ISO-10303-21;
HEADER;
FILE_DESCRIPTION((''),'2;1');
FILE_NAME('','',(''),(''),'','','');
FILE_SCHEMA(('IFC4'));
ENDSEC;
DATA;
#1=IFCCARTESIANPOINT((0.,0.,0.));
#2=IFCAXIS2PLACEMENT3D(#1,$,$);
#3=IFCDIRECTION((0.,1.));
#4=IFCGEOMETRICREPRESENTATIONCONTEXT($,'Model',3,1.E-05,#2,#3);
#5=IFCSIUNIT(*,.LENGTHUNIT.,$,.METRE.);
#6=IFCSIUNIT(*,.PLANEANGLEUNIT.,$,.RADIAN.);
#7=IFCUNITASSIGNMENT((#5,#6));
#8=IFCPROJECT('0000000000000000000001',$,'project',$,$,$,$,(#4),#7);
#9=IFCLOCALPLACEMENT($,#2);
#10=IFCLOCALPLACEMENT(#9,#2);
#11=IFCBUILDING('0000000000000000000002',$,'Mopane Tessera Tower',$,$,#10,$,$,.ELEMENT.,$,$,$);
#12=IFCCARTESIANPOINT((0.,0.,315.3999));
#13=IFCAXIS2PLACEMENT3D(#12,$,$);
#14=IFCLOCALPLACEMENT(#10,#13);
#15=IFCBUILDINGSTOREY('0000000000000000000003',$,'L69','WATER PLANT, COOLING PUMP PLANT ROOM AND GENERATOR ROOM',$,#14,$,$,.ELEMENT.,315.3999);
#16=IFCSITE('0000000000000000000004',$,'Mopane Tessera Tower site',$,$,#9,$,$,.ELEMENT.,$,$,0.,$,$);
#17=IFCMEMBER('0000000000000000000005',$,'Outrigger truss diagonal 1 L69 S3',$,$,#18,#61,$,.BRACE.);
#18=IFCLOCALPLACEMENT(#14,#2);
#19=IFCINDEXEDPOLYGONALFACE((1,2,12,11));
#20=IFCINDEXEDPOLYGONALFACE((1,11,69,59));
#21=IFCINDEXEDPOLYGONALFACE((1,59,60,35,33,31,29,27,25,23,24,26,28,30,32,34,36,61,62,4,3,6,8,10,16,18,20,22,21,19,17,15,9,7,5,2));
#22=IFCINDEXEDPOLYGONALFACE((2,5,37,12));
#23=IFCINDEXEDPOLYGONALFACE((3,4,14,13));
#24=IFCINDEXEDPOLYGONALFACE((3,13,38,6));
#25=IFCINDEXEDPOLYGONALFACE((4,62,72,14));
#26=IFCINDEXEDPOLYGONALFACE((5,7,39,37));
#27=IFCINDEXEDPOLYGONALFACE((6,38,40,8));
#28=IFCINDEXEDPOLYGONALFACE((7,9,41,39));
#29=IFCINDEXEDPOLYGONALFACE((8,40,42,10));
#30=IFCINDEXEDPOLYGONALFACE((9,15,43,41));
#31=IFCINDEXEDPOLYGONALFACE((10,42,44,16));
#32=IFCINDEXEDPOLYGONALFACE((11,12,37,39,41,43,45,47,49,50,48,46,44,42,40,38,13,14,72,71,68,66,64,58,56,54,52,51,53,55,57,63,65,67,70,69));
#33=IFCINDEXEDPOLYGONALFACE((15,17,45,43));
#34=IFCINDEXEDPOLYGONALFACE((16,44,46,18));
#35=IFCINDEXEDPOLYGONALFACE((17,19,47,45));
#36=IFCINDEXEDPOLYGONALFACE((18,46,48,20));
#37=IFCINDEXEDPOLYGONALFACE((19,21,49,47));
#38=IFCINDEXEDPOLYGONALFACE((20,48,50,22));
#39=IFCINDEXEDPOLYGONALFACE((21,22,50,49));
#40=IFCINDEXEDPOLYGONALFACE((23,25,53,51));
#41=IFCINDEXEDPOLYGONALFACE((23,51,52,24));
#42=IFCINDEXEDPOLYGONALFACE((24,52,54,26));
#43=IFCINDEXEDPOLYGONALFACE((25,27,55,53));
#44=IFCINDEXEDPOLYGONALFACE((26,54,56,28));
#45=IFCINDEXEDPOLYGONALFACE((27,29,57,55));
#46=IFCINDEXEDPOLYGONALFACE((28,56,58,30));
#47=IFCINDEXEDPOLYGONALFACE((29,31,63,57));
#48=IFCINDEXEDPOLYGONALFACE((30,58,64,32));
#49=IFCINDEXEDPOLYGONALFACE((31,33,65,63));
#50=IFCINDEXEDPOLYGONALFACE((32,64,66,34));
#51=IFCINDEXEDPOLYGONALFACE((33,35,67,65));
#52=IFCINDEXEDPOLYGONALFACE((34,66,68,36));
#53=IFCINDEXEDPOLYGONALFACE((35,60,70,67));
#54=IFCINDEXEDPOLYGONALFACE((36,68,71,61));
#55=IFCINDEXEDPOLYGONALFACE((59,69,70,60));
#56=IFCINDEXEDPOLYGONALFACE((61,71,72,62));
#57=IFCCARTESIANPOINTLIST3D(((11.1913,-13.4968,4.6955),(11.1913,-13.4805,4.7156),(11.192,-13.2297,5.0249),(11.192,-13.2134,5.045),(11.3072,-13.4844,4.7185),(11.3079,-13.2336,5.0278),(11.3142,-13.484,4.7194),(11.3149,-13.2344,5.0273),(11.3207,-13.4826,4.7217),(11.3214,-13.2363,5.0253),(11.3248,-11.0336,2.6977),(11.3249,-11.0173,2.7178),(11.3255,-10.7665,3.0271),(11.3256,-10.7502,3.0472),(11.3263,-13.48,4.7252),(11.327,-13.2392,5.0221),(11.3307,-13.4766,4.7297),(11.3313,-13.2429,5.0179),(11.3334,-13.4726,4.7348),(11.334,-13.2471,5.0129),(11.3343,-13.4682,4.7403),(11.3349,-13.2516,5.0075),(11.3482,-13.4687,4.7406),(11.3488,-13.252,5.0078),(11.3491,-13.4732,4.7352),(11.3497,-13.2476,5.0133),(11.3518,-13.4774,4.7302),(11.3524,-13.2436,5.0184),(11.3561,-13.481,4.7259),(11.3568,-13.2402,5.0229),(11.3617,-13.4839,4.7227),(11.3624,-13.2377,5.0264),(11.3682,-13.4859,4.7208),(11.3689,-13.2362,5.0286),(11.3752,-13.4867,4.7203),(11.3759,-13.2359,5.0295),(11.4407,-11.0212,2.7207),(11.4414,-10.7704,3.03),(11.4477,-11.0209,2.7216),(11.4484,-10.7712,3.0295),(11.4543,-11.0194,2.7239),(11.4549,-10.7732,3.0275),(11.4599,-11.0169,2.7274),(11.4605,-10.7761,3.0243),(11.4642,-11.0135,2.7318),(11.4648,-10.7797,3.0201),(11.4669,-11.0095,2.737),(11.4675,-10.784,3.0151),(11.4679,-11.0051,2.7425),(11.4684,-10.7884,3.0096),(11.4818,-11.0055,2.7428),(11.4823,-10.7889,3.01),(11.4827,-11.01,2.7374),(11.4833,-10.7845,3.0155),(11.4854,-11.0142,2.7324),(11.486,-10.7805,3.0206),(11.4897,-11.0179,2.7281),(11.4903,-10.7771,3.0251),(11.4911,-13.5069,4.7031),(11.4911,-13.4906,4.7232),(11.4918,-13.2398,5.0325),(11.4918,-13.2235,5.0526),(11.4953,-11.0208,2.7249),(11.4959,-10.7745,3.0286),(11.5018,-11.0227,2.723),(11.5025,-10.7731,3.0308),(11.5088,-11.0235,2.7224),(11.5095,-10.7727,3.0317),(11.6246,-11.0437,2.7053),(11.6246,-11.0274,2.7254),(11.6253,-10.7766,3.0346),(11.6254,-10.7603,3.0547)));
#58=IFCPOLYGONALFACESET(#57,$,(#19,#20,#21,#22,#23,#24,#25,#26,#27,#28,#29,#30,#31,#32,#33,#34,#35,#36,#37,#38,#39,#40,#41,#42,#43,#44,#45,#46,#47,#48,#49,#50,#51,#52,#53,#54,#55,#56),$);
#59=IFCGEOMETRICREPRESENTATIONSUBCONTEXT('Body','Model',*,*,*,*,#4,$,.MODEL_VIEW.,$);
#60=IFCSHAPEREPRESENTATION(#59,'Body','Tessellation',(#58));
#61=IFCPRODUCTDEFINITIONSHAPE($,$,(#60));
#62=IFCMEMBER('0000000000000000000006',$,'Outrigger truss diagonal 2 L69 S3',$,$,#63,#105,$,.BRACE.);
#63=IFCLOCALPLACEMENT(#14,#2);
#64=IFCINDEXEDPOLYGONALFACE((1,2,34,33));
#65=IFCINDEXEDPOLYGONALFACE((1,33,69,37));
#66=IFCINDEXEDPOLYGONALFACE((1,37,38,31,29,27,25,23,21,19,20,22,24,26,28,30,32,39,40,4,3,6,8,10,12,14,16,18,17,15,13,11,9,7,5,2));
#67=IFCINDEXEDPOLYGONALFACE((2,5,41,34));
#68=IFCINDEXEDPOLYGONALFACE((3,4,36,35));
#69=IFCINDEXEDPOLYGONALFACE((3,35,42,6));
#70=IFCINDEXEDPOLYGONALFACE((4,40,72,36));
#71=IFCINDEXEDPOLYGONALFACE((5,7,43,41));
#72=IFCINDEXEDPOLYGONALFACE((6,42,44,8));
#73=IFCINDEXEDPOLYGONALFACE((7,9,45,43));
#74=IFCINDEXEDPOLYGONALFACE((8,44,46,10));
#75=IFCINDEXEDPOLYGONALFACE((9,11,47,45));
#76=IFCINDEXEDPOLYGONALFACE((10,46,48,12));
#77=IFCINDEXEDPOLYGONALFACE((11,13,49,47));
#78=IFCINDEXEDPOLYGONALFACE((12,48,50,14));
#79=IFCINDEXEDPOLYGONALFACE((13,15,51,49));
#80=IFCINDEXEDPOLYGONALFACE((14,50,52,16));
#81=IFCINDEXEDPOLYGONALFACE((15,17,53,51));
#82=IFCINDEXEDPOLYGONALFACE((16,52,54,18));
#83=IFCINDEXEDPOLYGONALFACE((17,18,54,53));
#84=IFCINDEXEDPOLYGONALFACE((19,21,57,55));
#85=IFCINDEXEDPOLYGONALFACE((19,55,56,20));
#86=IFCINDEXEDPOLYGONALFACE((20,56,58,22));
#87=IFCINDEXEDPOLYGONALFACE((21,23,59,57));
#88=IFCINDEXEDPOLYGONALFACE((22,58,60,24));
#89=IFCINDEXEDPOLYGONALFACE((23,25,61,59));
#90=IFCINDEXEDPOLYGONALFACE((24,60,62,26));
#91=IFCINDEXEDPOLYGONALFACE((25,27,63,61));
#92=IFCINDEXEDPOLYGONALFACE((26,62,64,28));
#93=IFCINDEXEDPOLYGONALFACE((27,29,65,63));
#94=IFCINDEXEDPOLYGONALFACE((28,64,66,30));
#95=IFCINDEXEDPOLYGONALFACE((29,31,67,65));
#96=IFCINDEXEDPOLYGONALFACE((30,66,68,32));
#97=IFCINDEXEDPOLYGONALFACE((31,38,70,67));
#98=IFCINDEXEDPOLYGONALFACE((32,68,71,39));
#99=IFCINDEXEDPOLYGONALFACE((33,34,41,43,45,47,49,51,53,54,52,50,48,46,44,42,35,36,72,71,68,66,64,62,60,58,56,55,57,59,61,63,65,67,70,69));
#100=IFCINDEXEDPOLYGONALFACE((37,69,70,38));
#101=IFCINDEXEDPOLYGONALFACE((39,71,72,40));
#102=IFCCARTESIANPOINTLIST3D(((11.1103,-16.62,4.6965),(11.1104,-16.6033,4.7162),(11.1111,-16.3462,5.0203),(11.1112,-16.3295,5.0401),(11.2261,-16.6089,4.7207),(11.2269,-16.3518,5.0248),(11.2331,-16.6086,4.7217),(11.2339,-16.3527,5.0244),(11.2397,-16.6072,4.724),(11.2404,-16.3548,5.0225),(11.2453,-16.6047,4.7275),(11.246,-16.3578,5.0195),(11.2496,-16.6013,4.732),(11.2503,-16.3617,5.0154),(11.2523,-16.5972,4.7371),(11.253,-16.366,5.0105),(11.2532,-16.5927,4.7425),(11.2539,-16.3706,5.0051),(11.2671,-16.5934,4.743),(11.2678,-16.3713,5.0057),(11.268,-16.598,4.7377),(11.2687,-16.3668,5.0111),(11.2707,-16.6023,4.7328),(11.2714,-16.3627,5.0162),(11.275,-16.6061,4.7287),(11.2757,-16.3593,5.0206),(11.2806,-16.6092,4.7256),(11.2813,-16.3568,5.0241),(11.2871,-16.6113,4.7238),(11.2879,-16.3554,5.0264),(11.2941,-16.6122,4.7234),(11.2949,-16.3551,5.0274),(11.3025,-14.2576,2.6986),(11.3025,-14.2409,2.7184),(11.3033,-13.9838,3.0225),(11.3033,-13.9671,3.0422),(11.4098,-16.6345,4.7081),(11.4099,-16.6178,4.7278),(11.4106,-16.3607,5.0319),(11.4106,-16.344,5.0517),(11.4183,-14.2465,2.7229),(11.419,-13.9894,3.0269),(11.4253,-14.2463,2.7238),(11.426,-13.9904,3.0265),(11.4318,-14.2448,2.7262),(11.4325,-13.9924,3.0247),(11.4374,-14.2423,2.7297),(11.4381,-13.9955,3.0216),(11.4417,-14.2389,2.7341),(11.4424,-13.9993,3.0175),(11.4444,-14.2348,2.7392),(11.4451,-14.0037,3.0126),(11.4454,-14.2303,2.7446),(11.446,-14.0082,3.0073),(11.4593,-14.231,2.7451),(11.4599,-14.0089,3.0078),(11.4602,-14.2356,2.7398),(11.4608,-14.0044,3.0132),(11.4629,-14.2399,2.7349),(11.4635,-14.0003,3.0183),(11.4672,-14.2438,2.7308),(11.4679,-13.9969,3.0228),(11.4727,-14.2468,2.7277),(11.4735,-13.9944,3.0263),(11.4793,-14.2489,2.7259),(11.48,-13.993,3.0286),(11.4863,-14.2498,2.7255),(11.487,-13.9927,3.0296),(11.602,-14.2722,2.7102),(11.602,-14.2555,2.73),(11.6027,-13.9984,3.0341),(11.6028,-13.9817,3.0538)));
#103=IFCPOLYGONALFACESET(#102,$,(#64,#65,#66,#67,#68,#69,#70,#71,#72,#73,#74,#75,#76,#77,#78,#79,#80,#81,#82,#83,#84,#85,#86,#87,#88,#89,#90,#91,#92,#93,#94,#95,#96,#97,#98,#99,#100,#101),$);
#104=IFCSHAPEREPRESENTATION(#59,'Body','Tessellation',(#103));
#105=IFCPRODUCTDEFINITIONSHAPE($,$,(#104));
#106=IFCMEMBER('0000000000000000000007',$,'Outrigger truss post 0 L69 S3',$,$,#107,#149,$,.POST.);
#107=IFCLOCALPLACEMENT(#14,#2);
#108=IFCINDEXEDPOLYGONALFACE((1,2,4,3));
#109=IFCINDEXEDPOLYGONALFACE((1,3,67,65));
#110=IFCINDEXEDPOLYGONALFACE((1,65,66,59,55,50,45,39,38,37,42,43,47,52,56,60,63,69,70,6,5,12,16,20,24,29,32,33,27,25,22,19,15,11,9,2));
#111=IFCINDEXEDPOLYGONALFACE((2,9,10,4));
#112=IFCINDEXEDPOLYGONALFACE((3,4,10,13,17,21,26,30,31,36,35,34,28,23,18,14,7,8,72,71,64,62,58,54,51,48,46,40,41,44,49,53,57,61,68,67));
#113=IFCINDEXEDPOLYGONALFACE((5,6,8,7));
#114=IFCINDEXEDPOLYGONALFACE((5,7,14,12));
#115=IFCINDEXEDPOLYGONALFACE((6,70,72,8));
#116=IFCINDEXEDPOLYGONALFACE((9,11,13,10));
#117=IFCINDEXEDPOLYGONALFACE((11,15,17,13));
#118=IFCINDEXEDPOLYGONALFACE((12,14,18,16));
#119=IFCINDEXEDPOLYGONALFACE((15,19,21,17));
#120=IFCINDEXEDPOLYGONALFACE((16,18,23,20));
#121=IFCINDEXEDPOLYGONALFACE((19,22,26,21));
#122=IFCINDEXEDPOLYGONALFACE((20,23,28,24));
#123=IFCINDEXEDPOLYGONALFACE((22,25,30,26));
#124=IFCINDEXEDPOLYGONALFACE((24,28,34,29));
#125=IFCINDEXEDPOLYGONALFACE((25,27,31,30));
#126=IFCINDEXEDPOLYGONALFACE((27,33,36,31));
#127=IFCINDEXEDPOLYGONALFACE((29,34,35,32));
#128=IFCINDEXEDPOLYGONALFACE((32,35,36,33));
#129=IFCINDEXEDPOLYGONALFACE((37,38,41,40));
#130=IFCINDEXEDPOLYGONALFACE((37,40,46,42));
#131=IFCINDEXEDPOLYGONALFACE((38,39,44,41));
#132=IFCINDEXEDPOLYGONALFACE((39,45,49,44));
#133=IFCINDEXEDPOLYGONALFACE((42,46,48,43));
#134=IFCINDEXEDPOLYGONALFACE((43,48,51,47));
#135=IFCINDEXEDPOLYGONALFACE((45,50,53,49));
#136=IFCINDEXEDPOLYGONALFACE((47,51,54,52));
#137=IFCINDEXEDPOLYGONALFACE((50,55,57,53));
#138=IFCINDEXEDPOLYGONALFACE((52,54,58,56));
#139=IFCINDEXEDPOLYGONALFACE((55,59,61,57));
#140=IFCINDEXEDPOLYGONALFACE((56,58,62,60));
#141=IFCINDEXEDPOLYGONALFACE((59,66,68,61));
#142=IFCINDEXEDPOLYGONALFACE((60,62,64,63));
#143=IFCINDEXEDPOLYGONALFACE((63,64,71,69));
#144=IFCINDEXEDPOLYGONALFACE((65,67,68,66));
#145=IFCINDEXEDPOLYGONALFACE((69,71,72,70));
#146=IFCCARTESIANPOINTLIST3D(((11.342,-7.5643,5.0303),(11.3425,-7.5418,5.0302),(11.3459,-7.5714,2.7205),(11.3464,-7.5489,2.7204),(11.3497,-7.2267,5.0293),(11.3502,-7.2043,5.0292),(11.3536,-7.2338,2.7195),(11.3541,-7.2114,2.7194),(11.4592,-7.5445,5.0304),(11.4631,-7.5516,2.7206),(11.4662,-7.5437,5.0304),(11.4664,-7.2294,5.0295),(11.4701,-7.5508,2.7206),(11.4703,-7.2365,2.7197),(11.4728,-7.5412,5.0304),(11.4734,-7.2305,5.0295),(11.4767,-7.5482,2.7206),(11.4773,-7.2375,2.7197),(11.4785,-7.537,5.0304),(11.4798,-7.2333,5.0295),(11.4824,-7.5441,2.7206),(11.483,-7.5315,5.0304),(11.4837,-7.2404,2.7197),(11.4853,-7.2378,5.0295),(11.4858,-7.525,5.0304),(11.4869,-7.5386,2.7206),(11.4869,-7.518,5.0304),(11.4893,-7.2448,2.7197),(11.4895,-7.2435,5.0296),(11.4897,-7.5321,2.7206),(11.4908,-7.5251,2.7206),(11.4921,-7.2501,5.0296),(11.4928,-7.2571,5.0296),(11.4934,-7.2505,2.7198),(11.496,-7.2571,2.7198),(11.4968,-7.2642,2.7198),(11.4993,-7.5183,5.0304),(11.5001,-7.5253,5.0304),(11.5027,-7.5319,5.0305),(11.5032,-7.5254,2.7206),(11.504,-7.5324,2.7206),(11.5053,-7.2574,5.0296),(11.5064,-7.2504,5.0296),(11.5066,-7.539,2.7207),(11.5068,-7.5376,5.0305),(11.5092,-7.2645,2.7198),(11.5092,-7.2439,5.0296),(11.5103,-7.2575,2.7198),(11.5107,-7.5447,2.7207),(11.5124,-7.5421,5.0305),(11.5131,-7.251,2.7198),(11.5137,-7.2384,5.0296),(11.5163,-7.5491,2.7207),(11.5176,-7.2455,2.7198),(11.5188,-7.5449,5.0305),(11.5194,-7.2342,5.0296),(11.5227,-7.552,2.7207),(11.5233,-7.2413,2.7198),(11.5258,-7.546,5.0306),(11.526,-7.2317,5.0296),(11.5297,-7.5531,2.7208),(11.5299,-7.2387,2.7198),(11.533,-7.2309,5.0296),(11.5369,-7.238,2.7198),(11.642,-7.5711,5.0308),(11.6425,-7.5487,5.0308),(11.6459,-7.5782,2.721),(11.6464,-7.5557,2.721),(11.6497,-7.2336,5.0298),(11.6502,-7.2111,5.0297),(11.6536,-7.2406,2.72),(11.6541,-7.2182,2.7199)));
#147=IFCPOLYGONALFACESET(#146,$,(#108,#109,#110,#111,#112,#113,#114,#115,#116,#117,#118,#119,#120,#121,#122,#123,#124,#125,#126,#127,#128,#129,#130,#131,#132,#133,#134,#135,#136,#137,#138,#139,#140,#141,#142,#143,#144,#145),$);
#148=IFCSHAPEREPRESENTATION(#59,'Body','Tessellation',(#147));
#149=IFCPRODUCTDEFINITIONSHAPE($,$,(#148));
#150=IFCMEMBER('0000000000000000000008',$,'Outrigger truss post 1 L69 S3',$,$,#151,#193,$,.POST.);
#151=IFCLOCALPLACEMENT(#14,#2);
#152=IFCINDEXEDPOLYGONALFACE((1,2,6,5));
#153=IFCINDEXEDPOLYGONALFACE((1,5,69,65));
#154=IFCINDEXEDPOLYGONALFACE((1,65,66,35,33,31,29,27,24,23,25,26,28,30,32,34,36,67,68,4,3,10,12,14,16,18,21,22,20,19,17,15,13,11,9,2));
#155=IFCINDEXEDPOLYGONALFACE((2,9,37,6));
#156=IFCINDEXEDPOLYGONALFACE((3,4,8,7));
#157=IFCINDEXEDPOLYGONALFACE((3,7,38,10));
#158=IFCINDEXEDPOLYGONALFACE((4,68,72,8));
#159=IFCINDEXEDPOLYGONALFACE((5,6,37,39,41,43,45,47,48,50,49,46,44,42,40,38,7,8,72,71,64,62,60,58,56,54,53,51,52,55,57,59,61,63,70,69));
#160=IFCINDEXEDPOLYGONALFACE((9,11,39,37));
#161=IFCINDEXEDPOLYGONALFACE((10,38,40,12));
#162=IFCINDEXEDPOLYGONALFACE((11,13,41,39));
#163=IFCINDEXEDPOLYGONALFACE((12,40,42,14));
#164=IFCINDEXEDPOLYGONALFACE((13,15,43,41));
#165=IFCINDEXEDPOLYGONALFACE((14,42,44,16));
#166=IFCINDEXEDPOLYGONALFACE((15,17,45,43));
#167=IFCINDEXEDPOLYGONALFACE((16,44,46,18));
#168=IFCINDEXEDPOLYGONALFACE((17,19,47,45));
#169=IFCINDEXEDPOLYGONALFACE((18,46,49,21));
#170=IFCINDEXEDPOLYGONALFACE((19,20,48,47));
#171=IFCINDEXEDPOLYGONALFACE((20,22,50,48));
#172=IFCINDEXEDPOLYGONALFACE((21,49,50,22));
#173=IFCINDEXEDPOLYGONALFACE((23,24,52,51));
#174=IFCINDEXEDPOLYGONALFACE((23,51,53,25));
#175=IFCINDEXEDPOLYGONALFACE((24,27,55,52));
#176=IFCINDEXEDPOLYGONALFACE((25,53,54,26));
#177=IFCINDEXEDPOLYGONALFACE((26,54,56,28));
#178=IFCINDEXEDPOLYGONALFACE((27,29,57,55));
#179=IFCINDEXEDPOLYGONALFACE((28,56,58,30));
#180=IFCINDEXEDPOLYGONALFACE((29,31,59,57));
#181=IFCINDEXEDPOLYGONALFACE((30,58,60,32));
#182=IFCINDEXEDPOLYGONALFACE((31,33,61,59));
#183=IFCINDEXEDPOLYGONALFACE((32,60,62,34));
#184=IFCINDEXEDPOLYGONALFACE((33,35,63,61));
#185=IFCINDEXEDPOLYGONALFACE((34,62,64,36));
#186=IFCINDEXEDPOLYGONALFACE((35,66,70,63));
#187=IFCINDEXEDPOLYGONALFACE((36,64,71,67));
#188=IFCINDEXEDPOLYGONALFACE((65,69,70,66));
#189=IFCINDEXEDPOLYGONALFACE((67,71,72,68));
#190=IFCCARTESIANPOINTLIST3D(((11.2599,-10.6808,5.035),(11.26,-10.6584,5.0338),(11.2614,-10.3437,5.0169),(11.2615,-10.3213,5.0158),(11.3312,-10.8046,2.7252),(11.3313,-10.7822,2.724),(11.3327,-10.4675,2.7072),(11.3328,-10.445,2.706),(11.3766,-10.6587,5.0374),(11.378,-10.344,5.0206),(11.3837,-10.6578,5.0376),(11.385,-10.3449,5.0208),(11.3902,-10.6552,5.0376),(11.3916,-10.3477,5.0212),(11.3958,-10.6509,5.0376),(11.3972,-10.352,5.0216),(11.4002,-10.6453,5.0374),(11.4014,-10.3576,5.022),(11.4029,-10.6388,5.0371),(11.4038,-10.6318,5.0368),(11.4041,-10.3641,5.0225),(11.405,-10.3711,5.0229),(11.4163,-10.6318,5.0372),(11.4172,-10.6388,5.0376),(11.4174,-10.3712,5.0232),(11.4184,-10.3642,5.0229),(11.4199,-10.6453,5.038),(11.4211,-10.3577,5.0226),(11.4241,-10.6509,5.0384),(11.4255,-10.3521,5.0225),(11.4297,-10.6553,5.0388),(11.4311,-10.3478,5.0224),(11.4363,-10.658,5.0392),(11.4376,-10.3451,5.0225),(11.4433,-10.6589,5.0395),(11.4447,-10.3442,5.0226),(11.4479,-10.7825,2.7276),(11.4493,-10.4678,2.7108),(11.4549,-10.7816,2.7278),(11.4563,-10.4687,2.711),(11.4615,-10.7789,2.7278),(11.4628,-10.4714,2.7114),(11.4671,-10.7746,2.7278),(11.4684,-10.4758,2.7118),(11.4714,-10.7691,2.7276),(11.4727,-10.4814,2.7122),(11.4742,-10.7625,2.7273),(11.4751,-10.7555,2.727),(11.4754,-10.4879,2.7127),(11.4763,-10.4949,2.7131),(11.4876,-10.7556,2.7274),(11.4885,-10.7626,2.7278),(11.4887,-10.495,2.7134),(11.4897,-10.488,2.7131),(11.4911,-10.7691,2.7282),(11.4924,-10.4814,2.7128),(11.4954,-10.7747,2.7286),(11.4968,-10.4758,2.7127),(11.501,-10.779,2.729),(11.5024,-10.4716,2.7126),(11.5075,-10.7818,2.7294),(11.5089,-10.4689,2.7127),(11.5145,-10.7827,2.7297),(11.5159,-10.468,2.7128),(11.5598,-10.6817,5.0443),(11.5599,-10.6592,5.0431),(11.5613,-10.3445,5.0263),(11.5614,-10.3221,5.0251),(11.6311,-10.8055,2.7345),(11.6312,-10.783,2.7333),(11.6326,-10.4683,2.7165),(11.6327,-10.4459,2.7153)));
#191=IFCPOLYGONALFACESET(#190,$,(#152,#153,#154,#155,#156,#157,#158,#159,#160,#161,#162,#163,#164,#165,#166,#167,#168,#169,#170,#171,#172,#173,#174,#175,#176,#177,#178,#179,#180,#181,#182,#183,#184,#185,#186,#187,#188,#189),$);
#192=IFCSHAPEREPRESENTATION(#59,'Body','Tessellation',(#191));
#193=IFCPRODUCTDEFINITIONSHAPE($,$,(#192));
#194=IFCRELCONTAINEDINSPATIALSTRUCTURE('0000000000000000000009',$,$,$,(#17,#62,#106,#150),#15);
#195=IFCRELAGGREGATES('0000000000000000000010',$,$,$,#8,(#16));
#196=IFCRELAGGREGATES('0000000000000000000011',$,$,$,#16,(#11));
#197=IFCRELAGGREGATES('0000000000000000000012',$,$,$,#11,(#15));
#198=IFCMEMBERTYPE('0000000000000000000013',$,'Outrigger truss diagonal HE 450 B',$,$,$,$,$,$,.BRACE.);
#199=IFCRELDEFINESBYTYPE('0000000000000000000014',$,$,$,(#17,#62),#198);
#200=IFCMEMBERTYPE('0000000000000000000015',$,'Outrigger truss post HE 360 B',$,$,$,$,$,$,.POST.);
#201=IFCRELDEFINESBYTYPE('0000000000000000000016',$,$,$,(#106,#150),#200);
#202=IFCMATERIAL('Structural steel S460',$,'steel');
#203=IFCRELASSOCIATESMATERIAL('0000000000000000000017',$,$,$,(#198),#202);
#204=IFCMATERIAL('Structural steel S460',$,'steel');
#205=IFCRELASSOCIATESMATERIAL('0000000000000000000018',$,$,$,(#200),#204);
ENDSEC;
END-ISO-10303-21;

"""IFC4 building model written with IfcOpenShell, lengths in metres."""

from ifc_helpers import new_model, si_unit, direction, frame, origin, origin_2d, place, context, subcontext, project, spatial, i_section, extrude, material, material_profile, profile_set, type_object, element, save


model = new_model("IFC4")

# Units and contexts
model_context = context("Model", 3, precision=1e-05, world=origin(), true_north=direction((0.0, 1.0)))
body_context = subcontext(model_context, "Body", "Model", "MODEL_VIEW")
ifc_project = project(units=[si_unit("LENGTHUNIT", "METRE"), si_unit("PLANEANGLEUNIT", "RADIAN")], contexts=[model_context])

# Site, building, storey
site_placement = place(None, origin())
site = spatial("IfcSite", under=ifc_project, at=site_placement, Name="Mopane Tessera Tower site", CompositionType="ELEMENT", RefElevation=0.0)
building_placement = place(site_placement, origin())
building = spatial("IfcBuilding", under=site, at=building_placement, Name="Mopane Tessera Tower", CompositionType="ELEMENT")
storey_placement = place(building_placement, frame((0.0, 0.0, 315.3999)))
storey = spatial("IfcBuildingStorey", under=building, at=storey_placement, Name="L69", Description="WATER PLANT, COOLING PUMP PLANT ROOM AND GENERATOR ROOM", CompositionType="ELEMENT", Elevation=315.3999)

# Members
ifc_material_1 = material(Name="Structural steel S460", Category="steel")
ifc_material_profile_1 = material_profile(ifc_material_1, i_section(OverallWidth=0.3, OverallDepth=0.45, WebThickness=0.0139, FlangeThickness=0.0259, FilletRadius=0.0271, at=origin_2d()))
ifc_profile_set_1 = profile_set([ifc_material_profile_1], Name="Structural steel S460")
member_type_1 = type_object("IfcMemberType", Name="Outrigger truss diagonal HE 450 B", PredefinedType="BRACE", material=ifc_profile_set_1)
member_1_placement = place(storey_placement, frame((11.4751, -10.897, 2.8762), z_axis=(-0.042071, -0.775965, 0.629371), x_axis=(0.999113, -0.033756, 0.025168)))
element("IfcMember", 1, at=member_1_placement, inside=storey, type_object=member_type_1, Name="Outrigger truss diagonal 1 L69 S3", PredefinedType="BRACE", context=body_context, shape_type="SweptSolid", body=[
    extrude(i_section(OverallWidth=0.3, OverallDepth=0.45, WebThickness=0.0139, FlangeThickness=0.0259, FilletRadius=0.0271, at=origin_2d()), origin(), (0.0, 0.0, 1.0), 3.1743),
])
member_2_placement = place(storey_placement, frame((11.4526, -14.1196, 2.8762), z_axis=(-0.061985, -0.762089, 0.644499), x_axis=(0.998075, -0.048521, 0.038616)))
element("IfcMember", 2, at=member_2_placement, inside=storey, type_object=member_type_1, Name="Outrigger truss diagonal 2 L69 S3", PredefinedType="BRACE", context=body_context, shape_type="SweptSolid", body=[
    extrude(i_section(OverallWidth=0.3, OverallDepth=0.45, WebThickness=0.0139, FlangeThickness=0.0259, FilletRadius=0.0271, at=origin_2d()), origin(), (0.0, 0.0, 1.0), 3.0999),
])
ifc_material_2 = material(Name="Structural steel S460", Category="steel")
ifc_material_profile_2 = material_profile(ifc_material_2, i_section(OverallWidth=0.3, OverallDepth=0.3601, WebThickness=0.0125, FlangeThickness=0.0225, FilletRadius=0.0271, at=origin_2d()))
ifc_profile_set_2 = profile_set([ifc_material_profile_2], Name="Structural steel S460")
member_type_2 = type_object("IfcMemberType", Name="Outrigger truss post HE 360 B", PredefinedType="POST", material=ifc_profile_set_2)
member_3_placement = place(storey_placement, frame((11.5, -7.3948, 2.7202), z_axis=(-0.001691, 0.003065, 0.999994), x_axis=(0.999739, -0.022788, 0.001761)))
element("IfcMember", 3, at=member_3_placement, inside=storey, type_object=member_type_2, Name="Outrigger truss post 0 L69 S3", PredefinedType="POST", context=body_context, shape_type="SweptSolid", body=[
    extrude(i_section(OverallWidth=0.3, OverallDepth=0.3601, WebThickness=0.0125, FlangeThickness=0.0225, FilletRadius=0.0271, at=origin_2d()), origin(), (0.0, 0.0, 1.0), 2.3098),
])
member_4_placement = place(storey_placement, frame((11.4819, -10.6252, 2.7202), z_axis=(-0.030805, 0.053486, 0.998093), x_axis=(0.999516, -0.002766, 0.030997)))
element("IfcMember", 4, at=member_4_placement, inside=storey, type_object=member_type_2, Name="Outrigger truss post 1 L69 S3", PredefinedType="POST", context=body_context, shape_type="SweptSolid", body=[
    extrude(i_section(OverallWidth=0.3, OverallDepth=0.3601, WebThickness=0.0125, FlangeThickness=0.0225, FilletRadius=0.0271, at=origin_2d()), origin(), (0.0, 0.0, 1.0), 2.3142),
])

save(model, "model.ifc")
